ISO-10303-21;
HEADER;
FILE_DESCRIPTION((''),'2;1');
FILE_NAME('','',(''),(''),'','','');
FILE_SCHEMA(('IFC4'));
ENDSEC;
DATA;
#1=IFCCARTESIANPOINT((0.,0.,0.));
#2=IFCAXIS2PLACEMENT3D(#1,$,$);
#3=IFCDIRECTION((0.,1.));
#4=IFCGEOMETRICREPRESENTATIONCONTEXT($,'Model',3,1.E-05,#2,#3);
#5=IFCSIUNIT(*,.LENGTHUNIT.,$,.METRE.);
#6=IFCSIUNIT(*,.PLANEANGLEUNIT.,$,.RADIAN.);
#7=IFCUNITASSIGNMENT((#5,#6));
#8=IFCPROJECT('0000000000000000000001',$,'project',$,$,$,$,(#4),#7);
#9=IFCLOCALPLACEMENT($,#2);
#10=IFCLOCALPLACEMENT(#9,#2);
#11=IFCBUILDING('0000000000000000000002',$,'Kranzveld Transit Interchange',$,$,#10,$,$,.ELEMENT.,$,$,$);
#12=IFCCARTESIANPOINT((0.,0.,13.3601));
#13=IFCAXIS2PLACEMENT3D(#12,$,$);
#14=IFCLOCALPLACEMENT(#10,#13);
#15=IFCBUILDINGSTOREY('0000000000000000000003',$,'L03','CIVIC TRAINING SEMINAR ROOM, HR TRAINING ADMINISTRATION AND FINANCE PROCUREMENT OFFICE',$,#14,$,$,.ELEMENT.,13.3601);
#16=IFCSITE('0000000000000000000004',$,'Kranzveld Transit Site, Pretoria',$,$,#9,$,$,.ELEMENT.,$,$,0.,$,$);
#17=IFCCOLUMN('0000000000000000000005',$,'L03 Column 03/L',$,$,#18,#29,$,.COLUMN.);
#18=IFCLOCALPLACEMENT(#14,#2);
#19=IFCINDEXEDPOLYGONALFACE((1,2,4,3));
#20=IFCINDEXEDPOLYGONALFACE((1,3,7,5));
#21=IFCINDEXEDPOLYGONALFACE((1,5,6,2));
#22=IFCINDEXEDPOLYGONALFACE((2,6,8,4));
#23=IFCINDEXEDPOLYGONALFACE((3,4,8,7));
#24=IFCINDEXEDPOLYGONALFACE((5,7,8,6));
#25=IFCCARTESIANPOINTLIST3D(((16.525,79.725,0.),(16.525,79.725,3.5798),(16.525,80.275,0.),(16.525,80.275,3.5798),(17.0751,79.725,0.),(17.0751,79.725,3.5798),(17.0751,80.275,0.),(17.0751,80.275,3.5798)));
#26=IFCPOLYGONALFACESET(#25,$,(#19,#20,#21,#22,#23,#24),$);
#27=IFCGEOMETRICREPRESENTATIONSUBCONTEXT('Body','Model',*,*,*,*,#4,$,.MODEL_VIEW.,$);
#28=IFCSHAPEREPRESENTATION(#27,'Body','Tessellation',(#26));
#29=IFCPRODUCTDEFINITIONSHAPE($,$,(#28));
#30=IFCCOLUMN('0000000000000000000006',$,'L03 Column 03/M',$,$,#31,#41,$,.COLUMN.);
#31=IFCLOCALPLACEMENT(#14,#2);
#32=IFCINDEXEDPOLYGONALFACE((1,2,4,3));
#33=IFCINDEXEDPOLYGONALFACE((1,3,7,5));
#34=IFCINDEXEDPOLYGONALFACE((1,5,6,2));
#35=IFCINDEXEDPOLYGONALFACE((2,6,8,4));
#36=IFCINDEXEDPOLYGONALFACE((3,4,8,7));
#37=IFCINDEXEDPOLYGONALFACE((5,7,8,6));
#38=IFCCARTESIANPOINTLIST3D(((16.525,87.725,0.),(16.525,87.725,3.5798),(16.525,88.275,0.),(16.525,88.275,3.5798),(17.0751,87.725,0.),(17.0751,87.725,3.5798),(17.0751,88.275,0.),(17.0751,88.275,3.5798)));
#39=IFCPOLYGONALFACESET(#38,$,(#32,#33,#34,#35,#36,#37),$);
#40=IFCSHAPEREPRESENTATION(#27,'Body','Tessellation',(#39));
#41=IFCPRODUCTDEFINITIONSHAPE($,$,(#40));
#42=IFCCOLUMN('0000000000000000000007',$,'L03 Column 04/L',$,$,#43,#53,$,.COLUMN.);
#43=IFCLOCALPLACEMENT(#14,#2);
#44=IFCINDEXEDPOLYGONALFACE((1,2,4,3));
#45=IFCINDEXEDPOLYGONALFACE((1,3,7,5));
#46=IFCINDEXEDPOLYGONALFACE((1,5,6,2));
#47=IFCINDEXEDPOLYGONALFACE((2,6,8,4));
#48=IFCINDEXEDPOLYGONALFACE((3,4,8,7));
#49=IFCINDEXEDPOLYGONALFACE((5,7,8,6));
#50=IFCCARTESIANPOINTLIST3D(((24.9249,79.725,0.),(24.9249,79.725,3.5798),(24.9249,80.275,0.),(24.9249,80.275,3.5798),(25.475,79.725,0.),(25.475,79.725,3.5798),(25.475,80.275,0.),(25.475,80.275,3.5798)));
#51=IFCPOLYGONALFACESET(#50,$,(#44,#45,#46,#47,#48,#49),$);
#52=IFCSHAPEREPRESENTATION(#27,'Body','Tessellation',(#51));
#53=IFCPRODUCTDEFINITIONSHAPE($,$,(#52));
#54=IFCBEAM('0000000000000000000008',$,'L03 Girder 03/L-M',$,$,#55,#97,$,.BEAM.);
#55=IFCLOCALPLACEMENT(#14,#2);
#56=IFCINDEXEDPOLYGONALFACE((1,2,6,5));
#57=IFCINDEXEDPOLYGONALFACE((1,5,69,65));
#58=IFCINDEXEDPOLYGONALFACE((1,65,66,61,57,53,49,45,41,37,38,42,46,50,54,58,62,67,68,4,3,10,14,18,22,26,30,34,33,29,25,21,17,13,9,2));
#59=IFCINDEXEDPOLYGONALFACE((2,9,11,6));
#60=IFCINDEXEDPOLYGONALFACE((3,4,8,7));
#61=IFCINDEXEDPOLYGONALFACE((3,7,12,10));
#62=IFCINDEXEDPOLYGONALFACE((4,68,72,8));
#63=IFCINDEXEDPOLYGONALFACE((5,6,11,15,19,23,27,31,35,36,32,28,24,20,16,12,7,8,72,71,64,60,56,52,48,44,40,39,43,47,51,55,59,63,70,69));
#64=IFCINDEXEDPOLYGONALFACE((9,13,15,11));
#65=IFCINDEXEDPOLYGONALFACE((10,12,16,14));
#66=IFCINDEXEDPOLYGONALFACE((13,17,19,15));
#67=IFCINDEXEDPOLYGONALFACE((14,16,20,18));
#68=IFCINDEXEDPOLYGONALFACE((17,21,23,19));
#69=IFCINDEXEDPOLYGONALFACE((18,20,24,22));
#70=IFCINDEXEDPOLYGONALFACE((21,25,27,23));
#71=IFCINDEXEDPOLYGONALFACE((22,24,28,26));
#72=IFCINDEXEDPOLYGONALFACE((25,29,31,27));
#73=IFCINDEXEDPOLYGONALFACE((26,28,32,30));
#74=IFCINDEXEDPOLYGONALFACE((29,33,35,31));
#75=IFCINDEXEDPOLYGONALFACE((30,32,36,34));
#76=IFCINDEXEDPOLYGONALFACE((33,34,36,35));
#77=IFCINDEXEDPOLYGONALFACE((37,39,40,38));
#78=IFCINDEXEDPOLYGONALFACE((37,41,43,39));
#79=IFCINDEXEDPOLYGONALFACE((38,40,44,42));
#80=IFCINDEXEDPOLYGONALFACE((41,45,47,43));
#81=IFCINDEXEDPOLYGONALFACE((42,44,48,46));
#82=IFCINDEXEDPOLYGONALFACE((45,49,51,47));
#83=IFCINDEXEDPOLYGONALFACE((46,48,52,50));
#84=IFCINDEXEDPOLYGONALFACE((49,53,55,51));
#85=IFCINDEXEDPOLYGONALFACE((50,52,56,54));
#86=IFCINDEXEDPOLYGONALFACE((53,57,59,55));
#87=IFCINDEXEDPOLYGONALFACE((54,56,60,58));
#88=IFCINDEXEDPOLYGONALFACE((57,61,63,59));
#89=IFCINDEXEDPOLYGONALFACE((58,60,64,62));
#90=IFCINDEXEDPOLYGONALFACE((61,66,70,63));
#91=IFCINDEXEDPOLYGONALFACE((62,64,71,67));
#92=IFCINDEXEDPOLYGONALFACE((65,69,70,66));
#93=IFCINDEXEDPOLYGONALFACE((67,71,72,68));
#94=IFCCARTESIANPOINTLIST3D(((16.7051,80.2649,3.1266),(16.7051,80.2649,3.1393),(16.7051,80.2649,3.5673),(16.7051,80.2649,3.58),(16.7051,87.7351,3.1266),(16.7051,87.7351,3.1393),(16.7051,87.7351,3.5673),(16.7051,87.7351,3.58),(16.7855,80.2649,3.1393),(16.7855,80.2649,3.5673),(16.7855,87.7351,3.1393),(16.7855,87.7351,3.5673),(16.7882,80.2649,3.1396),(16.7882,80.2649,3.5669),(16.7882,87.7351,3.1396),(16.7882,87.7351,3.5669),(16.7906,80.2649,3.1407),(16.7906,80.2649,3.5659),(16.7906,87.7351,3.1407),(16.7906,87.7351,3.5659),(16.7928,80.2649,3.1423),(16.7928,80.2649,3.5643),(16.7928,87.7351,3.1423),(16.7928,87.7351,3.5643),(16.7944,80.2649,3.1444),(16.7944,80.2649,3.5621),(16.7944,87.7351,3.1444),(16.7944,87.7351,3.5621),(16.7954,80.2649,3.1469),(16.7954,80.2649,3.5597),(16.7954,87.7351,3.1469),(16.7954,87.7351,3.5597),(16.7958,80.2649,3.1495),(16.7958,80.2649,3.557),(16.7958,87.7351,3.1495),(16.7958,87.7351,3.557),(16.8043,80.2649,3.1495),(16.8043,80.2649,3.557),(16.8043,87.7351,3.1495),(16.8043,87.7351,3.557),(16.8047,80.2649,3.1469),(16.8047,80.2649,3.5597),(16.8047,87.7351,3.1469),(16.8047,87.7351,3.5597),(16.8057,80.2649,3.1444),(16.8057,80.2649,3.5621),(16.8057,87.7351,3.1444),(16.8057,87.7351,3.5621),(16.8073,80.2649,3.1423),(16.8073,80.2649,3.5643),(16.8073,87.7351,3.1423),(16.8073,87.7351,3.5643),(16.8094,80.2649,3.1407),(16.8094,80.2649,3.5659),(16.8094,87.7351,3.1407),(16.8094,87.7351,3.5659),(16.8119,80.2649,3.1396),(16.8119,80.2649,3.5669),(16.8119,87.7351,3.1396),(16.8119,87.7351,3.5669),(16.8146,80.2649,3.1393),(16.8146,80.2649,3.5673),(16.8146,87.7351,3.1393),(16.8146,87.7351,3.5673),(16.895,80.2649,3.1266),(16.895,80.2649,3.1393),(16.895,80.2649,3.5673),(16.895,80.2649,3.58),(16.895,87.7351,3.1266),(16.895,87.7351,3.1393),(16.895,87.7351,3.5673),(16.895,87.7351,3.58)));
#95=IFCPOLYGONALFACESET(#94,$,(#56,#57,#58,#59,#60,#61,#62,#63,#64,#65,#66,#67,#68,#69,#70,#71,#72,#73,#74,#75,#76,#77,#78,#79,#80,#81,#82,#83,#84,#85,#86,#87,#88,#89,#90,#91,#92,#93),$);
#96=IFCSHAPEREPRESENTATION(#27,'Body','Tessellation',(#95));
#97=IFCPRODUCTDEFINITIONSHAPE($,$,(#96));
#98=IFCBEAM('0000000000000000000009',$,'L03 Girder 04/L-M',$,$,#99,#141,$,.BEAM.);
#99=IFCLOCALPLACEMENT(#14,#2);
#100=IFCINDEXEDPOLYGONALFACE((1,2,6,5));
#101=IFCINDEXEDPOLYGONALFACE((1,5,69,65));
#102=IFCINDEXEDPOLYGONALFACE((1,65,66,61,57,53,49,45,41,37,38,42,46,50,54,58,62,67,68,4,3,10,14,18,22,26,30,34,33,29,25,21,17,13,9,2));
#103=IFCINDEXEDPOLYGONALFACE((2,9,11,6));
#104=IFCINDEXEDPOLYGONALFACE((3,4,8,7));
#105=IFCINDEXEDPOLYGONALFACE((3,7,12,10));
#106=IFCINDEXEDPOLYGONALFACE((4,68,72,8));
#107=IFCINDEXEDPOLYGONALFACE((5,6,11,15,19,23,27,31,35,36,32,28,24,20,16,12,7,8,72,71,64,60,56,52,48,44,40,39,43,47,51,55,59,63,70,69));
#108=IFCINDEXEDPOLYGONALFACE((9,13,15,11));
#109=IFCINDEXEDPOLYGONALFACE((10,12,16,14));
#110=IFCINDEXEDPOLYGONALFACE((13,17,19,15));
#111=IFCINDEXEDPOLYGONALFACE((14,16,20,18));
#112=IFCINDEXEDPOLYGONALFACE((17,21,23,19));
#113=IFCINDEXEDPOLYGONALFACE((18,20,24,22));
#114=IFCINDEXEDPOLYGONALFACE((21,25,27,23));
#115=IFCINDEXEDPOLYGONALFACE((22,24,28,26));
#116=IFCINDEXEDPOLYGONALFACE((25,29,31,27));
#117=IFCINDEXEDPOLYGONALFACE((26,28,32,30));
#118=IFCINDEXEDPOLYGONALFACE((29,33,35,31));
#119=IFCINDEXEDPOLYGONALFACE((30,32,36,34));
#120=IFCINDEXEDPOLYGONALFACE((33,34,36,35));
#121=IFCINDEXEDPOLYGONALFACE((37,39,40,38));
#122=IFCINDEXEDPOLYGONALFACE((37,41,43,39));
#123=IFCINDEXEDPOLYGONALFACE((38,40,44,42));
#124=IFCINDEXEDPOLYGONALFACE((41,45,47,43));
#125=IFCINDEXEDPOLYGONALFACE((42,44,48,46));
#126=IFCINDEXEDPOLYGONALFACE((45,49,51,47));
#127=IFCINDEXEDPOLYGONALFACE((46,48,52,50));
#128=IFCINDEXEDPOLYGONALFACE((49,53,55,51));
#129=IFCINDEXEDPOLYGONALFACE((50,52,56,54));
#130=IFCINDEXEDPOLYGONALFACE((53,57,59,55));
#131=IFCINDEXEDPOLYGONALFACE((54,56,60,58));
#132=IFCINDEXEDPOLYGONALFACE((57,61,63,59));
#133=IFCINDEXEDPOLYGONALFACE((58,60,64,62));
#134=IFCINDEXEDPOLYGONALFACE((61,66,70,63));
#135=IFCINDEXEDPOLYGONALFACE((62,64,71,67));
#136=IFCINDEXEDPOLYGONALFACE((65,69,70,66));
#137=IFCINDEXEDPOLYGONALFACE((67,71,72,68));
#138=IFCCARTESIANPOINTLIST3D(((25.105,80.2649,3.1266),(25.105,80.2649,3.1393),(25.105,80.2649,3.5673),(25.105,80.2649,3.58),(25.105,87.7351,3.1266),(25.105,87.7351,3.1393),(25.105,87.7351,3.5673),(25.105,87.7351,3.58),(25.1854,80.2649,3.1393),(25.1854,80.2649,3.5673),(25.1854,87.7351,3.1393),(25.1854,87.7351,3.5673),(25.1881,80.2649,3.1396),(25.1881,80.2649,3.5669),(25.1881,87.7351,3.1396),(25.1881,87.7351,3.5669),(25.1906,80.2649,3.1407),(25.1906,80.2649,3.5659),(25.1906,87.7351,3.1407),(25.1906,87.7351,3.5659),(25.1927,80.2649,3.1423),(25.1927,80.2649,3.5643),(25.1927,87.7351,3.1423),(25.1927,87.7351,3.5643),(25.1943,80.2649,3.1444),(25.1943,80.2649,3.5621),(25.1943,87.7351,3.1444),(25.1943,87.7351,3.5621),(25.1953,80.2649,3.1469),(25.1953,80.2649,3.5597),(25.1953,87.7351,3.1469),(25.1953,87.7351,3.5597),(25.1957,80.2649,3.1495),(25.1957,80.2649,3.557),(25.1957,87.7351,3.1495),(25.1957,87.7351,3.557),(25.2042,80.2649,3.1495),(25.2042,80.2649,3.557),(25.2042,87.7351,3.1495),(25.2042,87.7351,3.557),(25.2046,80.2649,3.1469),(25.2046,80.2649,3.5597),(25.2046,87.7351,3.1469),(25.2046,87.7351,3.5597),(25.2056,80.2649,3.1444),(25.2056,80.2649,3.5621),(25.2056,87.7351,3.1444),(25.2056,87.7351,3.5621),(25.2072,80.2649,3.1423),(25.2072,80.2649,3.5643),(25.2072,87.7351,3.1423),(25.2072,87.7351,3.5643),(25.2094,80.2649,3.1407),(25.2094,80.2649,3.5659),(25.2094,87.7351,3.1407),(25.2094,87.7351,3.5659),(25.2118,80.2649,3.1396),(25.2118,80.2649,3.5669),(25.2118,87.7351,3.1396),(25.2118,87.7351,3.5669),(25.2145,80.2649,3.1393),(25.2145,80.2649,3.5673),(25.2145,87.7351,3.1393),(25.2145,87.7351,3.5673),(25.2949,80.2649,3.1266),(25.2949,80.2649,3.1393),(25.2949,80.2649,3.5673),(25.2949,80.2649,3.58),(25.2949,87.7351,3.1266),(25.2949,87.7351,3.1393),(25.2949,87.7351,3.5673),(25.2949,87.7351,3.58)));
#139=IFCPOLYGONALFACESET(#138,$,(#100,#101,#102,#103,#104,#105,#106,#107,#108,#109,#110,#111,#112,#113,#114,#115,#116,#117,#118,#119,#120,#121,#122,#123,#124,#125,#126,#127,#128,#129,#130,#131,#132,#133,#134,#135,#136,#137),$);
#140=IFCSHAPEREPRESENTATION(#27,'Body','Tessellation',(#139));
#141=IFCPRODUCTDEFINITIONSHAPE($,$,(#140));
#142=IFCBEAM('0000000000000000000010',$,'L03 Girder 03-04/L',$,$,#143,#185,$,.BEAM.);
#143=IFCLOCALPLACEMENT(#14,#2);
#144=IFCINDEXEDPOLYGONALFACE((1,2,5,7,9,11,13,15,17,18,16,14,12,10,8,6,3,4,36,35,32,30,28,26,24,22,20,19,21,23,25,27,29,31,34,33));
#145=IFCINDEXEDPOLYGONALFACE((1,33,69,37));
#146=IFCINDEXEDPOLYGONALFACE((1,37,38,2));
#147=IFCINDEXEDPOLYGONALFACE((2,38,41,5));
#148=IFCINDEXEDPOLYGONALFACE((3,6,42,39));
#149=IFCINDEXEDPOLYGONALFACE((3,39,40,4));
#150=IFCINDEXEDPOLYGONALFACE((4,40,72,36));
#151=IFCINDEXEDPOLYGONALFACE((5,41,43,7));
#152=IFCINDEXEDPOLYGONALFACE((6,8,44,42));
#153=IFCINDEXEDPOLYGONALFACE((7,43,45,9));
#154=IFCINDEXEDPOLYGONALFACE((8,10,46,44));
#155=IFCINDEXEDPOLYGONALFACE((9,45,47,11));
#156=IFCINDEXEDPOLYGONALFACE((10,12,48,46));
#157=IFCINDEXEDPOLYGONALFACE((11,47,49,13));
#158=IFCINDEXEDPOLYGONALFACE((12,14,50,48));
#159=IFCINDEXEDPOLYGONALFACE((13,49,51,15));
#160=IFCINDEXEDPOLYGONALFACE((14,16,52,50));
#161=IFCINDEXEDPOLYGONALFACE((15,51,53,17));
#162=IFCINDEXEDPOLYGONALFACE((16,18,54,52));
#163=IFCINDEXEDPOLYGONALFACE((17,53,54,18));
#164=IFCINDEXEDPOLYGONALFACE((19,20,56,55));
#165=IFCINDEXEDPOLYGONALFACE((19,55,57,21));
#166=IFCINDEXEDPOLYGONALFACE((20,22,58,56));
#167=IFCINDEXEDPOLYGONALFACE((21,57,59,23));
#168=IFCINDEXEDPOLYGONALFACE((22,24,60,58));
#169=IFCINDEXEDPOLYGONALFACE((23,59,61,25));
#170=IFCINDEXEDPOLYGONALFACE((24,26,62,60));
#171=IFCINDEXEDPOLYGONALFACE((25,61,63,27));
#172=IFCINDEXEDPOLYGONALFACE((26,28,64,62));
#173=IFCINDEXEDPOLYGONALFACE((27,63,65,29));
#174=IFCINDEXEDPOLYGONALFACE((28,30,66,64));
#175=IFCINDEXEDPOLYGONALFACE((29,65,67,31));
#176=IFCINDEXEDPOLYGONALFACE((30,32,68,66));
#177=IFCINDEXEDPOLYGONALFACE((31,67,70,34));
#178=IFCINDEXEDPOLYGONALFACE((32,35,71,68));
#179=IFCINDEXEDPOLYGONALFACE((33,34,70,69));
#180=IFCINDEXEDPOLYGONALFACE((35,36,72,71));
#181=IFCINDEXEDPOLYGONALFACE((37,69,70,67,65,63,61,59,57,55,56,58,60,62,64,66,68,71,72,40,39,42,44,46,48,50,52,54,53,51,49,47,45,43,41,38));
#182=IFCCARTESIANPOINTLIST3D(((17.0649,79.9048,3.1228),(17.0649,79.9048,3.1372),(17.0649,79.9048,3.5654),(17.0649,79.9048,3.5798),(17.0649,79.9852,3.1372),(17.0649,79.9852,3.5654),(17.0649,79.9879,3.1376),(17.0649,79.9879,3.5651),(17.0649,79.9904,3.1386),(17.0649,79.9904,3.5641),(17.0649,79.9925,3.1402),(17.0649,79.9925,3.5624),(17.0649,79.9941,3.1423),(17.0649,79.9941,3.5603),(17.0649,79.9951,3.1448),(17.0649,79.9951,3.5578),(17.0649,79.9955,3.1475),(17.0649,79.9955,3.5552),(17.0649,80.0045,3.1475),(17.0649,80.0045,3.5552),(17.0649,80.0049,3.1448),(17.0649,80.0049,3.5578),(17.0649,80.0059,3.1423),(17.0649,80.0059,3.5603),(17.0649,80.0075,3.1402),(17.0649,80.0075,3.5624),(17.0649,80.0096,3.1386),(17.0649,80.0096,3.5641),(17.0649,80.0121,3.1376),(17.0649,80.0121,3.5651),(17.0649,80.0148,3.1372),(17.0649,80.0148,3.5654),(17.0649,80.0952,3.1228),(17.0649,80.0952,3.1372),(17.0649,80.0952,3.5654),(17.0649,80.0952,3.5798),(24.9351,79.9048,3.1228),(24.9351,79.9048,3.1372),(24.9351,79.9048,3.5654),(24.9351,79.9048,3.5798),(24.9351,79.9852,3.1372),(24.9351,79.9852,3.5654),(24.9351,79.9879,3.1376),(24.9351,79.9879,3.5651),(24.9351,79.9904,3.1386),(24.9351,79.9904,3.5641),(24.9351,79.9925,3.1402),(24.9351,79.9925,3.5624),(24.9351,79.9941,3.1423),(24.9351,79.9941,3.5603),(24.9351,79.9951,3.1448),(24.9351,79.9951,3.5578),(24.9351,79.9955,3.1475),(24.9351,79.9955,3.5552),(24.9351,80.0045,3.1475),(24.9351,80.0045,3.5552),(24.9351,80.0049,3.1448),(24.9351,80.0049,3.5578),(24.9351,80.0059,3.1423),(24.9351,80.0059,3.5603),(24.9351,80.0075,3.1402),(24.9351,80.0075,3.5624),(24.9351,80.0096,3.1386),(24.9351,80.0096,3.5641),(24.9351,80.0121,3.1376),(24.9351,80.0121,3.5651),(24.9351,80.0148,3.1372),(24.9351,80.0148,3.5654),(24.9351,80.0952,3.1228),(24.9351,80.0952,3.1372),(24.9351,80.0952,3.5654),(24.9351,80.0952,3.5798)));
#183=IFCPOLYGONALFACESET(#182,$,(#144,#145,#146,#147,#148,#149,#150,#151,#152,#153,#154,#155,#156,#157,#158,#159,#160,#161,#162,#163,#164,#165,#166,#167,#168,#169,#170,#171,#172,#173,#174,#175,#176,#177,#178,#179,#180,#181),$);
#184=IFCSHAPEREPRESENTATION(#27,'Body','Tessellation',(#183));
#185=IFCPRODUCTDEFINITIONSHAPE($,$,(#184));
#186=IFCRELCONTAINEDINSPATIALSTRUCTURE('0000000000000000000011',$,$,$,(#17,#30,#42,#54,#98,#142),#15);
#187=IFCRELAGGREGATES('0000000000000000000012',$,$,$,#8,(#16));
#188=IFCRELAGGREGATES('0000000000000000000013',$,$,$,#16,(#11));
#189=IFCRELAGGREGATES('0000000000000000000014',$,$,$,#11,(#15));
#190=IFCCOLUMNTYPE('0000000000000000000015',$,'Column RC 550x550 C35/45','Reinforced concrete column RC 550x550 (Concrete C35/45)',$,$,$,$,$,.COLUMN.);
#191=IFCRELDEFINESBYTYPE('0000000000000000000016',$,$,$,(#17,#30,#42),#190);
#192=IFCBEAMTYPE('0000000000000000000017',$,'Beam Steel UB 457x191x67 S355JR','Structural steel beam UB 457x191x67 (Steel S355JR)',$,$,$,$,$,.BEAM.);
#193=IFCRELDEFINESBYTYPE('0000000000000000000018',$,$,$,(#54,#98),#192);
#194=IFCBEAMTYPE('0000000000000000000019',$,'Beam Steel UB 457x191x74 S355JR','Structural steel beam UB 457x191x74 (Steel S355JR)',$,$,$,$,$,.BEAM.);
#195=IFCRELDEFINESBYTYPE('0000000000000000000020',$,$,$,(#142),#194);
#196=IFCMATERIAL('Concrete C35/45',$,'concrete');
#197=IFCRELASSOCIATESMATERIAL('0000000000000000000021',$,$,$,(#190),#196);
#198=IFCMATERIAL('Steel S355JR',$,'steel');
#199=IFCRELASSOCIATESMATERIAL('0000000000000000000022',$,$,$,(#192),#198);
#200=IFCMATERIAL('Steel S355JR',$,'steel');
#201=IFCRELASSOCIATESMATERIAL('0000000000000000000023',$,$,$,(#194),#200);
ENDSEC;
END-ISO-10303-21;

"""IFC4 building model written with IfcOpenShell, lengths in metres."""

from ifc_helpers import new_model, si_unit, direction, frame, origin, origin_2d, place, context, subcontext, project, spatial, rectangle, i_section, extrude, material, material_profile, profile_set, type_object, element, save


model = new_model("IFC4")

# Units and contexts
model_context = context("Model", 3, precision=1e-05, world=origin(), true_north=direction((0.0, 1.0)))
body_context = subcontext(model_context, "Body", "Model", "MODEL_VIEW")
ifc_project = project(units=[si_unit("LENGTHUNIT", "METRE"), si_unit("PLANEANGLEUNIT", "RADIAN")], contexts=[model_context])

# Site, building, storey
site_placement = place(None, origin())
site = spatial("IfcSite", under=ifc_project, at=site_placement, Name="Kranzveld Transit Site, Pretoria", CompositionType="ELEMENT", RefElevation=0.0)
building_placement = place(site_placement, origin())
building = spatial("IfcBuilding", under=site, at=building_placement, Name="Kranzveld Transit Interchange", CompositionType="ELEMENT")
storey_placement = place(building_placement, frame((0.0, 0.0, 13.3601)))
storey = spatial("IfcBuildingStorey", under=building, at=storey_placement, Name="L03", Description="CIVIC TRAINING SEMINAR ROOM, HR TRAINING ADMINISTRATION AND FINANCE PROCUREMENT OFFICE", CompositionType="ELEMENT", Elevation=13.3601)

# Columns
ifc_material_1 = material(Name="Concrete C35/45", Category="concrete")
ifc_material_profile_1 = material_profile(ifc_material_1, rectangle(XDim=0.55, YDim=0.55, at=origin_2d()), Name="RC 550x550")
ifc_profile_set_1 = profile_set([ifc_material_profile_1], Name="Concrete C35/45")
column_type = type_object("IfcColumnType", Name="Column RC 550x550 C35/45", Description="Reinforced concrete column RC 550x550 (Concrete C35/45)", PredefinedType="COLUMN", material=ifc_profile_set_1)
for number, where, z_axis, x_axis, name in (
    (1, (16.8, 80.0, 0.0), (0.0, 0.0, 1.0), (1.0, 0.0, 0.0), "L03 Column 03/L"),
    (2, (16.8, 88.0, 0.0), (0.0, 0.0, 1.0), (1.0, 0.0, 0.0), "L03 Column 03/M"),
    (3, (25.2, 80.0, 0.0), (0.0, 0.0, 1.0), (1.0, 0.0, 0.0), "L03 Column 04/L"),
):
    element("IfcColumn", number, at=place(storey_placement, frame(where, z_axis=z_axis, x_axis=x_axis)), inside=storey, type_object=column_type, Name=name, PredefinedType="COLUMN", context=body_context, shape_type="SweptSolid", body=[
        extrude(rectangle(XDim=0.55, YDim=0.55, at=origin_2d()), origin(), (0.0, 0.0, 1.0), 3.5798),
    ])

# Beams
ifc_material_2 = material(Name="Steel S355JR", Category="steel")
ifc_material_profile_2 = material_profile(ifc_material_2, i_section(OverallWidth=0.1899, OverallDepth=0.4534, WebThickness=0.0085, FlangeThickness=0.0127, FilletRadius=0.0103, at=origin_2d()), Name="UB 457x191x67")
ifc_profile_set_2 = profile_set([ifc_material_profile_2], Name="Steel S355JR")
beam_type_1 = type_object("IfcBeamType", Name="Beam Steel UB 457x191x67 S355JR", Description="Structural steel beam UB 457x191x67 (Steel S355JR)", PredefinedType="BEAM", material=ifc_profile_set_2)
for number, where, z_axis, x_axis, name in (
    (4, (16.8, 80.2649, 3.3533), (0.0, 1.0, 0.0), (-1.0, 0.0, 0.0), "L03 Girder 03/L-M"),
    (5, (25.2, 80.2649, 3.3533), (0.0, 1.0, 0.0), (-1.0, 0.0, 0.0), "L03 Girder 04/L-M"),
):
    element("IfcBeam", number, at=place(storey_placement, frame(where, z_axis=z_axis, x_axis=x_axis)), inside=storey, type_object=beam_type_1, Name=name, PredefinedType="BEAM", context=body_context, shape_type="SweptSolid", body=[
        extrude(i_section(OverallWidth=0.1899, OverallDepth=0.4534, WebThickness=0.0085, FlangeThickness=0.0127, FilletRadius=0.0103, at=origin_2d()), origin(), (0.0, 0.0, 1.0), 7.4702),
    ])
ifc_material_3 = material(Name="Steel S355JR", Category="steel")
ifc_material_profile_3 = material_profile(ifc_material_3, i_section(OverallWidth=0.1904, OverallDepth=0.457, WebThickness=0.009, FlangeThickness=0.0144, FilletRadius=0.0103, at=origin_2d()), Name="UB 457x191x74")
ifc_profile_set_3 = profile_set([ifc_material_profile_3], Name="Steel S355JR")
beam_type_2 = type_object("IfcBeamType", Name="Beam Steel UB 457x191x74 S355JR", Description="Structural steel beam UB 457x191x74 (Steel S355JR)", PredefinedType="BEAM", material=ifc_profile_set_3)
beam_1_placement = place(storey_placement, frame((17.0649, 80.0, 3.3513), z_axis=(1.0, 0.0, 0.0), x_axis=(0.0, 1.0, 0.0)))
element("IfcBeam", 6, at=beam_1_placement, inside=storey, type_object=beam_type_2, Name="L03 Girder 03-04/L", PredefinedType="BEAM", context=body_context, shape_type="SweptSolid", body=[
    extrude(i_section(OverallWidth=0.1904, OverallDepth=0.457, WebThickness=0.009, FlangeThickness=0.0144, FilletRadius=0.0103, at=origin_2d()), origin(), (0.0, 0.0, 1.0), 7.8701),
])

save(model, "model.ifc")
